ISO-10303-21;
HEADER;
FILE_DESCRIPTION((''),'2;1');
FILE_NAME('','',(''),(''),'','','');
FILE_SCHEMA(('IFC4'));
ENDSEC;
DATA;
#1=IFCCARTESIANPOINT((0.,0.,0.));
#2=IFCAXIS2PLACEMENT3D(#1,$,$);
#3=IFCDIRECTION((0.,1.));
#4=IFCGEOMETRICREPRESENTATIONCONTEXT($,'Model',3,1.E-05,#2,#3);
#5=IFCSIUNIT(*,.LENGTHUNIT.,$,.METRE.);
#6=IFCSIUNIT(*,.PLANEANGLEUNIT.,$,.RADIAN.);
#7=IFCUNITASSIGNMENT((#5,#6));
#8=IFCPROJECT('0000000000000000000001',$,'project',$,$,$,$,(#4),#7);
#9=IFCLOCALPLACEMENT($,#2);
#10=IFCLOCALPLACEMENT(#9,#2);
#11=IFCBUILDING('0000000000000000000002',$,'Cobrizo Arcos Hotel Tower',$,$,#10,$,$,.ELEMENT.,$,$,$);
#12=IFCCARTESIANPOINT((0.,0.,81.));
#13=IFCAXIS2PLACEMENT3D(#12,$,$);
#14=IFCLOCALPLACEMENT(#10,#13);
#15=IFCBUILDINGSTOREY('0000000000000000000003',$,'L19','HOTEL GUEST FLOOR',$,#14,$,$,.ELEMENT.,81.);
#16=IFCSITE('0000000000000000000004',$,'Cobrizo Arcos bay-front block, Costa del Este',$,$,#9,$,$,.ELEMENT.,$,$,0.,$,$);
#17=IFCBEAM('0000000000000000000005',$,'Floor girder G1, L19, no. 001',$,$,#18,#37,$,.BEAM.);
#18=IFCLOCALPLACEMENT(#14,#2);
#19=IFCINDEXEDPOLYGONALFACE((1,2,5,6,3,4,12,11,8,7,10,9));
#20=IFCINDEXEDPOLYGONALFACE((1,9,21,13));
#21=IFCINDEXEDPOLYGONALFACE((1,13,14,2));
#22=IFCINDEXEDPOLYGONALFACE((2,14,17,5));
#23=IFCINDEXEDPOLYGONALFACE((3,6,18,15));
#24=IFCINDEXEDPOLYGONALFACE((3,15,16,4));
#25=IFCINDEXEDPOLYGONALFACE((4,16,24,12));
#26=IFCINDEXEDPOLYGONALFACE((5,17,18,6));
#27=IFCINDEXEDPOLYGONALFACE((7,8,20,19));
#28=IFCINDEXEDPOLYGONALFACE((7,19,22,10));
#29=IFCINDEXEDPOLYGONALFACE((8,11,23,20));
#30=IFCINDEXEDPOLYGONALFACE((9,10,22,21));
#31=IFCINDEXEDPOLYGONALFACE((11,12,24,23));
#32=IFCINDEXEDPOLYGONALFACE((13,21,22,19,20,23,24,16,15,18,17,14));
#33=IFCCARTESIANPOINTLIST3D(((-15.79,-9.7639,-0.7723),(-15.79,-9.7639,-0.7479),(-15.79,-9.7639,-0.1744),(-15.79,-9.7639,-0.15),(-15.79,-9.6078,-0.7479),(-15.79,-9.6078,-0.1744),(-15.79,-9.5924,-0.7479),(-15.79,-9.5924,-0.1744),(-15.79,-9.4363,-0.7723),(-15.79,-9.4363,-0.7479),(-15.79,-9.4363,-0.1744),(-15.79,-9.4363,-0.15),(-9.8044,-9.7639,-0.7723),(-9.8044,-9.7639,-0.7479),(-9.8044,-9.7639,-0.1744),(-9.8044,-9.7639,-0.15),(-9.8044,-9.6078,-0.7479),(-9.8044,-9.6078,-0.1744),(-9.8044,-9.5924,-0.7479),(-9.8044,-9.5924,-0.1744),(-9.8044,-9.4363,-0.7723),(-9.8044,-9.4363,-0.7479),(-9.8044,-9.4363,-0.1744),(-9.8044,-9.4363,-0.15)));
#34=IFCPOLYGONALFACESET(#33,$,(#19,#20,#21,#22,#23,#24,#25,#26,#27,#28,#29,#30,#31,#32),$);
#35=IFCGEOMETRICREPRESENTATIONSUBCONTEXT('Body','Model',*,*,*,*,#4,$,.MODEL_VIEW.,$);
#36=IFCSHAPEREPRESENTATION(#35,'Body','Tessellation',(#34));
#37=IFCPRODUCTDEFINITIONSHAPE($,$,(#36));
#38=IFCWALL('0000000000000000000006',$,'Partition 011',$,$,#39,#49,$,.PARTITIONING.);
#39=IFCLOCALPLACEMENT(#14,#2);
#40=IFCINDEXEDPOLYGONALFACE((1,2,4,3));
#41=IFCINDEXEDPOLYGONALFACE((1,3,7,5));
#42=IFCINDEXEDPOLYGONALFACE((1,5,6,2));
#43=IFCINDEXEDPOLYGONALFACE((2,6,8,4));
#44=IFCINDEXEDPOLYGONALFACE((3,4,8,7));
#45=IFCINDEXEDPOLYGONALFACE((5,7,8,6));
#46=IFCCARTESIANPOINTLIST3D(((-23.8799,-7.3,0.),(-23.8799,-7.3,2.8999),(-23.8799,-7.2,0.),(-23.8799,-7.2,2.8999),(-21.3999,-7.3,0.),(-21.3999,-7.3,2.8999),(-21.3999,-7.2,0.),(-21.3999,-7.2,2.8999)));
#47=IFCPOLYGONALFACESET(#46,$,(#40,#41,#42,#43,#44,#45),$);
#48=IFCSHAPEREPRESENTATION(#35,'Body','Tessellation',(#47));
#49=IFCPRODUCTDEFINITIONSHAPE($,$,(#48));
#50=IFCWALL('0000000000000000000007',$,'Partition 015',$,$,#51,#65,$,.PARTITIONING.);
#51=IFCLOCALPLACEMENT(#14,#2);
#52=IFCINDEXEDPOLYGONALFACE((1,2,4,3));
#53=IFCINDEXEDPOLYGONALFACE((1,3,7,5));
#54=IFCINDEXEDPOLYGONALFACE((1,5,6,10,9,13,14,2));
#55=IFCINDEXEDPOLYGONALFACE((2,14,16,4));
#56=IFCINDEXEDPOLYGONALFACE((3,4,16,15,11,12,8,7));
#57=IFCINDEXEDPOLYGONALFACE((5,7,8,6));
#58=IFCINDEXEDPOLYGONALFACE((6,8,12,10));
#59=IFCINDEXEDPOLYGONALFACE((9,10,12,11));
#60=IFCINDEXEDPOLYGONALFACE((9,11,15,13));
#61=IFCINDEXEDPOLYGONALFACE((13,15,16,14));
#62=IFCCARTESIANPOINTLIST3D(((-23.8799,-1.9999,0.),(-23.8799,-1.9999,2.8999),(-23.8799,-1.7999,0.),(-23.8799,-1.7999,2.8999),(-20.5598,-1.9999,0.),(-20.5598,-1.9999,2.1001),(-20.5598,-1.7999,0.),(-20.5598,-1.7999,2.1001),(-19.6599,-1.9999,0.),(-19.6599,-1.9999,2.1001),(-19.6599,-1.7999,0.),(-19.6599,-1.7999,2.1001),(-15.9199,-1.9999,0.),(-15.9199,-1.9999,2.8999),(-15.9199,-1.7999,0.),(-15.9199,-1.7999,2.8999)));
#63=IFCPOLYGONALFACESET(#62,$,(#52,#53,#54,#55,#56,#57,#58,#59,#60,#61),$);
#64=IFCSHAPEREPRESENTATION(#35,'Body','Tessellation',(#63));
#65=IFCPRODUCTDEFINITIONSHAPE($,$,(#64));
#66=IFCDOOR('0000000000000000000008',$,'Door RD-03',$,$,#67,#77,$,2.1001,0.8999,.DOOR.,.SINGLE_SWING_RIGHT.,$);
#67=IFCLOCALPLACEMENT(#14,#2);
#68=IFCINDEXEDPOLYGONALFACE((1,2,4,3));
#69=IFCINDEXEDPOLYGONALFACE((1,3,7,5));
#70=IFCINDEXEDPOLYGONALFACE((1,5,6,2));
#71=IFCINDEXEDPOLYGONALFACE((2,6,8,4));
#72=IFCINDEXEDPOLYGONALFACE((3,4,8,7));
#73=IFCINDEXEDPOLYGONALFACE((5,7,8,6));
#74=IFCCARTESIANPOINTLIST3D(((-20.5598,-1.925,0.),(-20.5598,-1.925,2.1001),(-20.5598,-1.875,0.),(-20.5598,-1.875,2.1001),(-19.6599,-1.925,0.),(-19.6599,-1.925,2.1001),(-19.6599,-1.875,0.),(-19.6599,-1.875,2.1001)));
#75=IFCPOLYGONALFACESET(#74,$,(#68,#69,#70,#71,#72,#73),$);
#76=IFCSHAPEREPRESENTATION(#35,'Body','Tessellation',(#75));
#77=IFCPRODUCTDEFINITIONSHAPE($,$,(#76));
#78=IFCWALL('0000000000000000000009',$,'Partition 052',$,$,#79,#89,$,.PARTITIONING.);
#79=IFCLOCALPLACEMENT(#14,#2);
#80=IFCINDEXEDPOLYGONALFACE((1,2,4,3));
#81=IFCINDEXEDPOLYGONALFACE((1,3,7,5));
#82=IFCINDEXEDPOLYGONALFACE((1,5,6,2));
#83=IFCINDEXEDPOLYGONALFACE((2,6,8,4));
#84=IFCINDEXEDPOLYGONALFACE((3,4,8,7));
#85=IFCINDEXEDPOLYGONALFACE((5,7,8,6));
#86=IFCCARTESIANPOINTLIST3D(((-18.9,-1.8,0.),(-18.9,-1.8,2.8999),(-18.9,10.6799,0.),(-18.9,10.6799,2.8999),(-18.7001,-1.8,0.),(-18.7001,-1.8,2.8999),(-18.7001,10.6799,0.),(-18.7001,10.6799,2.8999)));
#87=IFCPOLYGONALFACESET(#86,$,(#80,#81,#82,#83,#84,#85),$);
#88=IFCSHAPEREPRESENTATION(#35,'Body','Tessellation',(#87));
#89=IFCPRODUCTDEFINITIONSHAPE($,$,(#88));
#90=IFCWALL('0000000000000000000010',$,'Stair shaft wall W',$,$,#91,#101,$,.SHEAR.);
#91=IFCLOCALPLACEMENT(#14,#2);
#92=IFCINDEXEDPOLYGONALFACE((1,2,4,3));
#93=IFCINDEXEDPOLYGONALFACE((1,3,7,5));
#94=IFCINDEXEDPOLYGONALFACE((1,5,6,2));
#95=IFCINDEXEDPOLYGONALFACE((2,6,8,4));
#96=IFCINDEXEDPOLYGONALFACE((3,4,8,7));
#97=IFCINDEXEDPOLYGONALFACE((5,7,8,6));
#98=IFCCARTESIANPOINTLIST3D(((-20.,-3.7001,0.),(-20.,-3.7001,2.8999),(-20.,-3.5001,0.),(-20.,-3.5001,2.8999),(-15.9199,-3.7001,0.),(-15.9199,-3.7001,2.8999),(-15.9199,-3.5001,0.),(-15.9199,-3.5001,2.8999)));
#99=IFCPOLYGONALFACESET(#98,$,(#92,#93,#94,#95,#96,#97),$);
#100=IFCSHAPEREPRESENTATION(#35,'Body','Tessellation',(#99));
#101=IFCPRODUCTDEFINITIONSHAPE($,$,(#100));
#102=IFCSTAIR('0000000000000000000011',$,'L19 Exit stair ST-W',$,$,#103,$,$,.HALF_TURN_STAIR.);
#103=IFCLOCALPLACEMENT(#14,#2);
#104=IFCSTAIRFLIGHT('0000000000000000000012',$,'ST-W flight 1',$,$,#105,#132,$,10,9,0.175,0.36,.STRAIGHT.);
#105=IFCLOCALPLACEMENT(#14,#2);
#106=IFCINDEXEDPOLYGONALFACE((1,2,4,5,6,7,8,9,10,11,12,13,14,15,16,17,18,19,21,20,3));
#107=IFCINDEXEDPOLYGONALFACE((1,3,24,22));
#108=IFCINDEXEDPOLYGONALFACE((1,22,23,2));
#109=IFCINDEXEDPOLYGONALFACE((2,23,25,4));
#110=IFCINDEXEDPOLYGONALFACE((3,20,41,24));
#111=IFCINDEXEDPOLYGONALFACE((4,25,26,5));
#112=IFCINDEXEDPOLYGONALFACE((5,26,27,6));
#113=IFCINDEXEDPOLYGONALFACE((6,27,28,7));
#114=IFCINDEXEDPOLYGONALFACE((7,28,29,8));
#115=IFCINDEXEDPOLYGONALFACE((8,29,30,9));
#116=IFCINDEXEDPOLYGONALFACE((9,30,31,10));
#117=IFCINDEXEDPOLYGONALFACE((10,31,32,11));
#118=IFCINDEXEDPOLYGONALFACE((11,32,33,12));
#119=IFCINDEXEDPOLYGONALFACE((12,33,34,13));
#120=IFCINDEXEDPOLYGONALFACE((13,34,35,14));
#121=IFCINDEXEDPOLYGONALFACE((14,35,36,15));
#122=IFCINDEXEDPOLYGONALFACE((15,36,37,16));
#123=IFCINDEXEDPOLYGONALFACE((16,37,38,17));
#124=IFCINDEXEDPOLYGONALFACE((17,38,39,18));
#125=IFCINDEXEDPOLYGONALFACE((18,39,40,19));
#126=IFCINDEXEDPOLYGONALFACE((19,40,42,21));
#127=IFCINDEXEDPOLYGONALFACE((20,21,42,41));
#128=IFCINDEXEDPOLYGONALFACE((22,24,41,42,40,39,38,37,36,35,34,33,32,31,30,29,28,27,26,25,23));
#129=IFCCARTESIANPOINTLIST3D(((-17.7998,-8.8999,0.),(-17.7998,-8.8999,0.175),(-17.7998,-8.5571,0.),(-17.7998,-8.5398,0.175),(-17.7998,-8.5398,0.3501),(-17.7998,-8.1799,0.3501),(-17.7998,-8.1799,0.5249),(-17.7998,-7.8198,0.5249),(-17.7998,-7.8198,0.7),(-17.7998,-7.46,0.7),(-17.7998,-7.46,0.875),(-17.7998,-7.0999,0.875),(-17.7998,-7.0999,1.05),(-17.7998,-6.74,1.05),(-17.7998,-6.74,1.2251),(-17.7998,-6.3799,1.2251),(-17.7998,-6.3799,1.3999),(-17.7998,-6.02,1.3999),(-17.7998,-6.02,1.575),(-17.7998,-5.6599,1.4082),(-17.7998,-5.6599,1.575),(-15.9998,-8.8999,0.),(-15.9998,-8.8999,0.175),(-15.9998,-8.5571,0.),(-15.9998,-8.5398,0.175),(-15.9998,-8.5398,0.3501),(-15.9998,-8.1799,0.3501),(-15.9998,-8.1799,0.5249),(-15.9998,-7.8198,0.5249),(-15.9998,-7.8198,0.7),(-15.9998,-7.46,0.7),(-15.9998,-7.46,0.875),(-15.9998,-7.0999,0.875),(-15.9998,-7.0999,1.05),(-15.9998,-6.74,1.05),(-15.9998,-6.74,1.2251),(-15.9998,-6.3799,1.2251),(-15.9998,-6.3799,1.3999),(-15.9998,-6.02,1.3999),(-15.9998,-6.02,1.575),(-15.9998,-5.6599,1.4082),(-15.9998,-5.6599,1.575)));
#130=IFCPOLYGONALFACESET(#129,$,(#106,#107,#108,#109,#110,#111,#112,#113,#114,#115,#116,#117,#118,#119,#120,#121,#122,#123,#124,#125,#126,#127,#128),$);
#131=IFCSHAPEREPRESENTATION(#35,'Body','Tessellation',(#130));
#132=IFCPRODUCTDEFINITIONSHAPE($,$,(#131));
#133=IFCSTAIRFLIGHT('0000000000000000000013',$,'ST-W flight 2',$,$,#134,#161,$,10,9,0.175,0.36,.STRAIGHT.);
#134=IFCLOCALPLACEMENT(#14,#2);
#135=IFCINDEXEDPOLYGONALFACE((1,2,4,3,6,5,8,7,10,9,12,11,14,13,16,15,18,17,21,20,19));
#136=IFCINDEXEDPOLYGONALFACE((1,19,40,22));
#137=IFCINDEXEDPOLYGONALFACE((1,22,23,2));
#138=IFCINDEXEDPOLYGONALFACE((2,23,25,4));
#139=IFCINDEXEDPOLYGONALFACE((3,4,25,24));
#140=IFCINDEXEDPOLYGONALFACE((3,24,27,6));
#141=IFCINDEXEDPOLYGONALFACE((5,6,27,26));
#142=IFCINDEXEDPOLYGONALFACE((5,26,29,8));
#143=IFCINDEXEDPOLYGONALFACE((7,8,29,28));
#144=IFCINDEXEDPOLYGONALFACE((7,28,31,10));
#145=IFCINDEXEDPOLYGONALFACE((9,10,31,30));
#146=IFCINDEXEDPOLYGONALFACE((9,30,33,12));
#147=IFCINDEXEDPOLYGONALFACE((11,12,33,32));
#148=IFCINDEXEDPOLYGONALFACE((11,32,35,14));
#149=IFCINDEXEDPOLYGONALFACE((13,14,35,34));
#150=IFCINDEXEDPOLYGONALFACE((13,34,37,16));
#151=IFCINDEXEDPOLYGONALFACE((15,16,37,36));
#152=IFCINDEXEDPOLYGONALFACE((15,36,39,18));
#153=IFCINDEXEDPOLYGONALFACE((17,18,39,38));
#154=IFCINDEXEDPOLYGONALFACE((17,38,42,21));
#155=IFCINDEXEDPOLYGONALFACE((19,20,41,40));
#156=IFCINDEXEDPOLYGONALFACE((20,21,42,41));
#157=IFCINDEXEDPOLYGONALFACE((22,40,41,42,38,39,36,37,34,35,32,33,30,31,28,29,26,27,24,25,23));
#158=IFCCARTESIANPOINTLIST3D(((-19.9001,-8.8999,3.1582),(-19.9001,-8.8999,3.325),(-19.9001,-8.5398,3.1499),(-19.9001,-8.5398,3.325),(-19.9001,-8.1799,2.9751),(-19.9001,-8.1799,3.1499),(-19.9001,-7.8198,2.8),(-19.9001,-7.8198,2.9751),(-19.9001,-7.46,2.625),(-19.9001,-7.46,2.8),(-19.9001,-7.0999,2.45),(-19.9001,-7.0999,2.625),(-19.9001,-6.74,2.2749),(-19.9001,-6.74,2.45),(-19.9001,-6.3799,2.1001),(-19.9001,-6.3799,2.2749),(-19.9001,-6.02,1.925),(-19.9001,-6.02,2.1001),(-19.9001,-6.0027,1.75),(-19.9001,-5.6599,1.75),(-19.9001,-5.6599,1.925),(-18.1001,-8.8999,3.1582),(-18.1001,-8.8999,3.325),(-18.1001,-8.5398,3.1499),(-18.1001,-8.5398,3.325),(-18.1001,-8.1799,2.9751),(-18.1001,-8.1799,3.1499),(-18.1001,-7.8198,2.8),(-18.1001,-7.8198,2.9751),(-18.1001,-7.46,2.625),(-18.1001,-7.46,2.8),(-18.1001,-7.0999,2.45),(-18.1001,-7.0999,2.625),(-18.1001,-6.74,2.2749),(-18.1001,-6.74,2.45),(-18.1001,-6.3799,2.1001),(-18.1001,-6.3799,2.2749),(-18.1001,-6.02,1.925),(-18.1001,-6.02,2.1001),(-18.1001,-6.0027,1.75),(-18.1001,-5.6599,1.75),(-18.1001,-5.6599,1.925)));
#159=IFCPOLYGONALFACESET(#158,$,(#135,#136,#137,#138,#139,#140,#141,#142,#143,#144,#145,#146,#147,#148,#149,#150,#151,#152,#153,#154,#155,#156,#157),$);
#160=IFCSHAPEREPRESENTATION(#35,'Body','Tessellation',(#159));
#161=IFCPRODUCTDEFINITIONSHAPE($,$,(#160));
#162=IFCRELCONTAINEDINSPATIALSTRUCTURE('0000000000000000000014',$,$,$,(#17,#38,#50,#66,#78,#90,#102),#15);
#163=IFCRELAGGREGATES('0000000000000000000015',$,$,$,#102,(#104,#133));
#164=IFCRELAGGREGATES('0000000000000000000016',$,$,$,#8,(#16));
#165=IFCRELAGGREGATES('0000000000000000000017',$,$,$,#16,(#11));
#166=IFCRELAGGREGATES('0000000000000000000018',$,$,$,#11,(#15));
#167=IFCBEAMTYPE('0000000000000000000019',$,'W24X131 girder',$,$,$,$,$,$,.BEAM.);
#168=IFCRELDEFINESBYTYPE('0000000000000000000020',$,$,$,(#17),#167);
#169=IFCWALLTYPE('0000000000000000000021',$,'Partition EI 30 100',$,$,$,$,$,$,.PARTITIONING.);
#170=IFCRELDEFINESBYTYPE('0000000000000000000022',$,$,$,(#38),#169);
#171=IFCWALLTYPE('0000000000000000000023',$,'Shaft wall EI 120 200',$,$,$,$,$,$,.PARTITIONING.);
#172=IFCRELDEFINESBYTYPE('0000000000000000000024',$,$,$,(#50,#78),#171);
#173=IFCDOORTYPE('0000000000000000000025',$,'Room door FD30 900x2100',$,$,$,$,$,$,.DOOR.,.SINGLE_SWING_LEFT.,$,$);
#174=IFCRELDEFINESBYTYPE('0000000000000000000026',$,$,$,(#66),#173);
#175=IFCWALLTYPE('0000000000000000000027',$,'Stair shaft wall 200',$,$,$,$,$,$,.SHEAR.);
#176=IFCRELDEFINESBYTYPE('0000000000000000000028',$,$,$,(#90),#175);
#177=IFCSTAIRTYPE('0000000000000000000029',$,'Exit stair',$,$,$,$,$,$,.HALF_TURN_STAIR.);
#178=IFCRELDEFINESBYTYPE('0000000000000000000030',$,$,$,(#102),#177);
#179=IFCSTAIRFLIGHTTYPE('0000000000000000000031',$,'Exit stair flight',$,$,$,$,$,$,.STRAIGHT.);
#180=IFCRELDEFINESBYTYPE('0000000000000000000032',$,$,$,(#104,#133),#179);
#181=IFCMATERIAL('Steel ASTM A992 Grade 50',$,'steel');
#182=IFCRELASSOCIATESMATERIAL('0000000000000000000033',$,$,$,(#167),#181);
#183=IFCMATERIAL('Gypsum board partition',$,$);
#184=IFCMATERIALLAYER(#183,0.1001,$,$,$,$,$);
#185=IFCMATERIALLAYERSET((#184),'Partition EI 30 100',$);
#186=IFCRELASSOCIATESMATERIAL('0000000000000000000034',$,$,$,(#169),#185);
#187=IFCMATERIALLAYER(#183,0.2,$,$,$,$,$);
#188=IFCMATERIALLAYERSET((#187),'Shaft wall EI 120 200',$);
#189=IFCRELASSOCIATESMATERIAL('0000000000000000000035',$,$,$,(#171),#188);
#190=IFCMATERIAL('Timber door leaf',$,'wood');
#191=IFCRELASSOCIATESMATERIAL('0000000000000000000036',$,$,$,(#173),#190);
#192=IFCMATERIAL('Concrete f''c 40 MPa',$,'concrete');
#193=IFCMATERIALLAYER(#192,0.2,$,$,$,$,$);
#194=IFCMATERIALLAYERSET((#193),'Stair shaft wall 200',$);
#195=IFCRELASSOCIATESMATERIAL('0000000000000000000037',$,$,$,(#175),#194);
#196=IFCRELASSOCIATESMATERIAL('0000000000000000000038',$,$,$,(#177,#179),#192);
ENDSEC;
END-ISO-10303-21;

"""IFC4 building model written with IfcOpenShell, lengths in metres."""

from ifc_helpers import new_model, si_unit, direction, frame, frame_2d, origin, origin_2d, place, context, subcontext, project, spatial, polyline, rectangle, i_section, outline, extrude, material, layer, layer_set, material_profile, profile_set, type_object, element, fill, aggregate, save


model = new_model("IFC4")

# Units and contexts
model_context = context("Model", 3, precision=1e-05, world=origin(), true_north=direction((0.0, 1.0)))
body_context = subcontext(model_context, "Body", "Model", "MODEL_VIEW")
ifc_project = project(units=[si_unit("LENGTHUNIT", "METRE"), si_unit("PLANEANGLEUNIT", "RADIAN")], contexts=[model_context])

# Site, building, storey
site_placement = place(None, origin())
site = spatial("IfcSite", under=ifc_project, at=site_placement, Name="Cobrizo Arcos bay-front block, Costa del Este", CompositionType="ELEMENT", RefElevation=0.0)
building_placement = place(site_placement, origin())
building = spatial("IfcBuilding", under=site, at=building_placement, Name="Cobrizo Arcos Hotel Tower", CompositionType="ELEMENT")
storey_placement = place(building_placement, frame((0.0, 0.0, 81.0)))
storey = spatial("IfcBuildingStorey", under=building, at=storey_placement, Name="L19", Description="HOTEL GUEST FLOOR", CompositionType="ELEMENT", Elevation=81.0)

# Beam
ifc_material_1 = material(Name="Steel ASTM A992 Grade 50", Category="steel")
ifc_material_profile = material_profile(ifc_material_1, i_section(OverallWidth=0.3276, OverallDepth=0.6223, WebThickness=0.0154, FlangeThickness=0.0244, at=origin_2d()), Name="W24X131")
ifc_profile_set = profile_set([ifc_material_profile], Name="Steel ASTM A992 Grade 50")
beam_type = type_object("IfcBeamType", Name="W24X131 girder", PredefinedType="BEAM", material=ifc_profile_set)
beam_placement = place(storey_placement, frame((-15.79, -9.6001, -0.4612), z_axis=(1.0, 0.0, 0.0), x_axis=(0.0, 1.0, 0.0)))
element("IfcBeam", 1, at=beam_placement, inside=storey, type_object=beam_type, Name="Floor girder G1, L19, no. 001", PredefinedType="BEAM", context=body_context, shape_type="SweptSolid", body=[
    extrude(i_section(OverallWidth=0.3276, OverallDepth=0.6223, WebThickness=0.0154, FlangeThickness=0.0244, at=origin_2d()), origin(), (0.0, 0.0, 1.0), 5.9856),
])

# Wall
ifc_material_2 = material(Name="Gypsum board partition")
ifc_layer_1 = layer(ifc_material_2, 0.1001)
ifc_layer_set_1 = layer_set([ifc_layer_1], Name="Partition EI 30 100")
wall_type_1 = type_object("IfcWallType", Name="Partition EI 30 100", PredefinedType="PARTITIONING", material=ifc_layer_set_1)
wall_1_placement = place(storey_placement, frame((-23.8799, -7.25, 0.0), z_axis=(0.0, 0.0, 1.0), x_axis=(1.0, 0.0, 0.0)))
element("IfcWall", 2, at=wall_1_placement, inside=storey, type_object=wall_type_1, Name="Partition 011", PredefinedType="PARTITIONING", context=body_context, shape_type="SweptSolid", body=[
    extrude(rectangle(XDim=2.48, YDim=0.1001, at=frame_2d((1.24, 0.0))), origin(), (0.0, 0.0, 1.0), 2.8999),
])

# Wall, opening, door
ifc_layer_2 = layer(ifc_material_2, 0.2)
ifc_layer_set_2 = layer_set([ifc_layer_2], Name="Shaft wall EI 120 200")
wall_type_2 = type_object("IfcWallType", Name="Shaft wall EI 120 200", PredefinedType="PARTITIONING", material=ifc_layer_set_2)
wall_2_placement = place(storey_placement, frame((-23.8799, -1.8999, 0.0), z_axis=(0.0, 0.0, 1.0), x_axis=(1.0, 0.0, 0.0)))
wall_2 = element("IfcWall", 3, at=wall_2_placement, inside=storey, type_object=wall_type_2, Name="Partition 015", PredefinedType="PARTITIONING", context=body_context, shape_type="SweptSolid", body=[
    extrude(rectangle(XDim=7.96, YDim=0.2, at=frame_2d((3.98, 0.0))), origin(), (0.0, 0.0, 1.0), 2.8999),
])
opening_placement = place(wall_2_placement, frame((3.3201, 0.0, 0.0)))
opening = element("IfcOpeningElement", 4, at=opening_placement, cuts=wall_2, PredefinedType="OPENING", context=body_context, shape_type="SweptSolid", body=[
    extrude(rectangle(XDim=0.8999, YDim=2.1001, at=frame_2d((0.45, 1.05))), frame((0.0, 0.1121, 0.0), z_axis=(0.0, -1.0, 0.0), x_axis=(1.0, 0.0, 0.0)), (0.0, 0.0, 1.0), 0.2239),
])
ifc_material_3 = material(Name="Timber door leaf", Category="wood")
door_type = type_object("IfcDoorType", Name="Room door FD30 900x2100", OperationType="SINGLE_SWING_LEFT", PredefinedType="DOOR", material=ifc_material_3)
door_placement = place(opening_placement, origin())
door = element("IfcDoor", 5, at=door_placement, inside=storey, type_object=door_type, Name="Door RD-03", OperationType="SINGLE_SWING_RIGHT", OverallHeight=2.1001, OverallWidth=0.8999, PredefinedType="DOOR", context=body_context, shape_type="SweptSolid", body=[
    extrude(rectangle(XDim=0.8999, YDim=2.1001, at=frame_2d((0.45, 1.05))), frame((0.0, 0.0249, 0.0), z_axis=(0.0, -1.0, 0.0), x_axis=(1.0, 0.0, 0.0)), (0.0, 0.0, 1.0), 0.05),
])
fill(opening, door)

# Walls
wall_3_placement = place(storey_placement, frame((-18.8, -1.8, 0.0), z_axis=(0.0, 0.0, 1.0), x_axis=(0.0, 1.0, 0.0)))
element("IfcWall", 6, at=wall_3_placement, inside=storey, type_object=wall_type_2, Name="Partition 052", PredefinedType="PARTITIONING", context=body_context, shape_type="SweptSolid", body=[
    extrude(rectangle(XDim=12.48, YDim=0.2, at=frame_2d((6.24, 0.0))), origin(), (0.0, 0.0, 1.0), 2.8999),
])
ifc_material_4 = material(Name="Concrete f'c 40 MPa", Category="concrete")
ifc_layer_3 = layer(ifc_material_4, 0.2)
ifc_layer_set_3 = layer_set([ifc_layer_3], Name="Stair shaft wall 200")
wall_type_3 = type_object("IfcWallType", Name="Stair shaft wall 200", PredefinedType="SHEAR", material=ifc_layer_set_3)
wall_4_placement = place(storey_placement, frame((-20.0, -3.6001, 0.0), z_axis=(0.0, 0.0, 1.0), x_axis=(1.0, 0.0, 0.0)))
element("IfcWall", 7, at=wall_4_placement, inside=storey, type_object=wall_type_3, Name="Stair shaft wall W", PredefinedType="SHEAR", context=body_context, shape_type="SweptSolid", body=[
    extrude(rectangle(XDim=4.0801, YDim=0.2, at=frame_2d((2.04, 0.0))), origin(), (0.0, 0.0, 1.0), 2.8999),
])

# Stair, stair flights
stair_type = type_object("IfcStairType", Name="Exit stair", PredefinedType="HALF_TURN_STAIR", material=ifc_material_4)
stair_placement = place(storey_placement, origin())
stair = element("IfcStair", 8, at=stair_placement, inside=storey, type_object=stair_type, Name="L19 Exit stair ST-W", PredefinedType="HALF_TURN_STAIR")
stair_flight_type = type_object("IfcStairFlightType", Name="Exit stair flight", PredefinedType="STRAIGHT", material=ifc_material_4)
stair_flight_1_placement = place(storey_placement, frame((-16.8999, -8.8999, 0.0), z_axis=(0.0, 0.0, 1.0), x_axis=(0.0, 1.0, 0.0)))
stair_flight_1 = element("IfcStairFlight", 9, at=stair_flight_1_placement, type_object=stair_flight_type, Name="ST-W flight 1", NumberOfRisers=10, NumberOfTreads=9, PredefinedType="STRAIGHT", RiserHeight=0.175, TreadLength=0.36, context=body_context, shape_type="SweptSolid", body=[
    extrude(outline(polyline([(0.0, 0.0), (0.0, 0.175), (0.3601, 0.175), (0.3601, 0.3501), (0.72, 0.3501), (0.72, 0.5249), (1.0801, 0.5249), (1.0801, 0.7), (1.4399, 0.7), (1.4399, 0.875), (1.8, 0.875), (1.8, 1.05), (2.1599, 1.05), (2.1599, 1.2251), (2.52, 1.2251), (2.52, 1.3999), (2.8799, 1.3999), (2.8799, 1.575), (3.24, 1.575), (3.24, 1.75), (3.24, 1.4082), (0.3428, 0.0), (0.0, 0.0)])), frame((0.0, 0.8999, 0.0), z_axis=(0.0, -1.0, 0.0), x_axis=(1.0, 0.0, 0.0)), (0.0, 0.0, 1.0), 1.8),
])
stair_flight_2_placement = place(storey_placement, frame((-19.0, -5.6599, 1.75), z_axis=(0.0, 0.0, 1.0), x_axis=(0.0, -1.0, 0.0)))
stair_flight_2 = element("IfcStairFlight", 10, at=stair_flight_2_placement, type_object=stair_flight_type, Name="ST-W flight 2", NumberOfRisers=10, NumberOfTreads=9, PredefinedType="STRAIGHT", RiserHeight=0.175, TreadLength=0.36, context=body_context, shape_type="SweptSolid", body=[
    extrude(outline(polyline([(0.0, 0.0), (0.0, 0.175), (0.3601, 0.175), (0.3601, 0.3501), (0.72, 0.3501), (0.72, 0.5249), (1.0801, 0.5249), (1.0801, 0.7), (1.4399, 0.7), (1.4399, 0.875), (1.8, 0.875), (1.8, 1.05), (2.1599, 1.05), (2.1599, 1.2251), (2.52, 1.2251), (2.52, 1.3999), (2.8799, 1.3999), (2.8799, 1.575), (3.24, 1.575), (3.24, 1.75), (3.24, 1.4082), (0.3428, 0.0), (0.0, 0.0)])), frame((0.0, 0.8999, 0.0), z_axis=(0.0, -1.0, 0.0), x_axis=(1.0, 0.0, 0.0)), (0.0, 0.0, 1.0), 1.8),
])
aggregate(stair, [stair_flight_1, stair_flight_2])

save(model, "model.ifc")
